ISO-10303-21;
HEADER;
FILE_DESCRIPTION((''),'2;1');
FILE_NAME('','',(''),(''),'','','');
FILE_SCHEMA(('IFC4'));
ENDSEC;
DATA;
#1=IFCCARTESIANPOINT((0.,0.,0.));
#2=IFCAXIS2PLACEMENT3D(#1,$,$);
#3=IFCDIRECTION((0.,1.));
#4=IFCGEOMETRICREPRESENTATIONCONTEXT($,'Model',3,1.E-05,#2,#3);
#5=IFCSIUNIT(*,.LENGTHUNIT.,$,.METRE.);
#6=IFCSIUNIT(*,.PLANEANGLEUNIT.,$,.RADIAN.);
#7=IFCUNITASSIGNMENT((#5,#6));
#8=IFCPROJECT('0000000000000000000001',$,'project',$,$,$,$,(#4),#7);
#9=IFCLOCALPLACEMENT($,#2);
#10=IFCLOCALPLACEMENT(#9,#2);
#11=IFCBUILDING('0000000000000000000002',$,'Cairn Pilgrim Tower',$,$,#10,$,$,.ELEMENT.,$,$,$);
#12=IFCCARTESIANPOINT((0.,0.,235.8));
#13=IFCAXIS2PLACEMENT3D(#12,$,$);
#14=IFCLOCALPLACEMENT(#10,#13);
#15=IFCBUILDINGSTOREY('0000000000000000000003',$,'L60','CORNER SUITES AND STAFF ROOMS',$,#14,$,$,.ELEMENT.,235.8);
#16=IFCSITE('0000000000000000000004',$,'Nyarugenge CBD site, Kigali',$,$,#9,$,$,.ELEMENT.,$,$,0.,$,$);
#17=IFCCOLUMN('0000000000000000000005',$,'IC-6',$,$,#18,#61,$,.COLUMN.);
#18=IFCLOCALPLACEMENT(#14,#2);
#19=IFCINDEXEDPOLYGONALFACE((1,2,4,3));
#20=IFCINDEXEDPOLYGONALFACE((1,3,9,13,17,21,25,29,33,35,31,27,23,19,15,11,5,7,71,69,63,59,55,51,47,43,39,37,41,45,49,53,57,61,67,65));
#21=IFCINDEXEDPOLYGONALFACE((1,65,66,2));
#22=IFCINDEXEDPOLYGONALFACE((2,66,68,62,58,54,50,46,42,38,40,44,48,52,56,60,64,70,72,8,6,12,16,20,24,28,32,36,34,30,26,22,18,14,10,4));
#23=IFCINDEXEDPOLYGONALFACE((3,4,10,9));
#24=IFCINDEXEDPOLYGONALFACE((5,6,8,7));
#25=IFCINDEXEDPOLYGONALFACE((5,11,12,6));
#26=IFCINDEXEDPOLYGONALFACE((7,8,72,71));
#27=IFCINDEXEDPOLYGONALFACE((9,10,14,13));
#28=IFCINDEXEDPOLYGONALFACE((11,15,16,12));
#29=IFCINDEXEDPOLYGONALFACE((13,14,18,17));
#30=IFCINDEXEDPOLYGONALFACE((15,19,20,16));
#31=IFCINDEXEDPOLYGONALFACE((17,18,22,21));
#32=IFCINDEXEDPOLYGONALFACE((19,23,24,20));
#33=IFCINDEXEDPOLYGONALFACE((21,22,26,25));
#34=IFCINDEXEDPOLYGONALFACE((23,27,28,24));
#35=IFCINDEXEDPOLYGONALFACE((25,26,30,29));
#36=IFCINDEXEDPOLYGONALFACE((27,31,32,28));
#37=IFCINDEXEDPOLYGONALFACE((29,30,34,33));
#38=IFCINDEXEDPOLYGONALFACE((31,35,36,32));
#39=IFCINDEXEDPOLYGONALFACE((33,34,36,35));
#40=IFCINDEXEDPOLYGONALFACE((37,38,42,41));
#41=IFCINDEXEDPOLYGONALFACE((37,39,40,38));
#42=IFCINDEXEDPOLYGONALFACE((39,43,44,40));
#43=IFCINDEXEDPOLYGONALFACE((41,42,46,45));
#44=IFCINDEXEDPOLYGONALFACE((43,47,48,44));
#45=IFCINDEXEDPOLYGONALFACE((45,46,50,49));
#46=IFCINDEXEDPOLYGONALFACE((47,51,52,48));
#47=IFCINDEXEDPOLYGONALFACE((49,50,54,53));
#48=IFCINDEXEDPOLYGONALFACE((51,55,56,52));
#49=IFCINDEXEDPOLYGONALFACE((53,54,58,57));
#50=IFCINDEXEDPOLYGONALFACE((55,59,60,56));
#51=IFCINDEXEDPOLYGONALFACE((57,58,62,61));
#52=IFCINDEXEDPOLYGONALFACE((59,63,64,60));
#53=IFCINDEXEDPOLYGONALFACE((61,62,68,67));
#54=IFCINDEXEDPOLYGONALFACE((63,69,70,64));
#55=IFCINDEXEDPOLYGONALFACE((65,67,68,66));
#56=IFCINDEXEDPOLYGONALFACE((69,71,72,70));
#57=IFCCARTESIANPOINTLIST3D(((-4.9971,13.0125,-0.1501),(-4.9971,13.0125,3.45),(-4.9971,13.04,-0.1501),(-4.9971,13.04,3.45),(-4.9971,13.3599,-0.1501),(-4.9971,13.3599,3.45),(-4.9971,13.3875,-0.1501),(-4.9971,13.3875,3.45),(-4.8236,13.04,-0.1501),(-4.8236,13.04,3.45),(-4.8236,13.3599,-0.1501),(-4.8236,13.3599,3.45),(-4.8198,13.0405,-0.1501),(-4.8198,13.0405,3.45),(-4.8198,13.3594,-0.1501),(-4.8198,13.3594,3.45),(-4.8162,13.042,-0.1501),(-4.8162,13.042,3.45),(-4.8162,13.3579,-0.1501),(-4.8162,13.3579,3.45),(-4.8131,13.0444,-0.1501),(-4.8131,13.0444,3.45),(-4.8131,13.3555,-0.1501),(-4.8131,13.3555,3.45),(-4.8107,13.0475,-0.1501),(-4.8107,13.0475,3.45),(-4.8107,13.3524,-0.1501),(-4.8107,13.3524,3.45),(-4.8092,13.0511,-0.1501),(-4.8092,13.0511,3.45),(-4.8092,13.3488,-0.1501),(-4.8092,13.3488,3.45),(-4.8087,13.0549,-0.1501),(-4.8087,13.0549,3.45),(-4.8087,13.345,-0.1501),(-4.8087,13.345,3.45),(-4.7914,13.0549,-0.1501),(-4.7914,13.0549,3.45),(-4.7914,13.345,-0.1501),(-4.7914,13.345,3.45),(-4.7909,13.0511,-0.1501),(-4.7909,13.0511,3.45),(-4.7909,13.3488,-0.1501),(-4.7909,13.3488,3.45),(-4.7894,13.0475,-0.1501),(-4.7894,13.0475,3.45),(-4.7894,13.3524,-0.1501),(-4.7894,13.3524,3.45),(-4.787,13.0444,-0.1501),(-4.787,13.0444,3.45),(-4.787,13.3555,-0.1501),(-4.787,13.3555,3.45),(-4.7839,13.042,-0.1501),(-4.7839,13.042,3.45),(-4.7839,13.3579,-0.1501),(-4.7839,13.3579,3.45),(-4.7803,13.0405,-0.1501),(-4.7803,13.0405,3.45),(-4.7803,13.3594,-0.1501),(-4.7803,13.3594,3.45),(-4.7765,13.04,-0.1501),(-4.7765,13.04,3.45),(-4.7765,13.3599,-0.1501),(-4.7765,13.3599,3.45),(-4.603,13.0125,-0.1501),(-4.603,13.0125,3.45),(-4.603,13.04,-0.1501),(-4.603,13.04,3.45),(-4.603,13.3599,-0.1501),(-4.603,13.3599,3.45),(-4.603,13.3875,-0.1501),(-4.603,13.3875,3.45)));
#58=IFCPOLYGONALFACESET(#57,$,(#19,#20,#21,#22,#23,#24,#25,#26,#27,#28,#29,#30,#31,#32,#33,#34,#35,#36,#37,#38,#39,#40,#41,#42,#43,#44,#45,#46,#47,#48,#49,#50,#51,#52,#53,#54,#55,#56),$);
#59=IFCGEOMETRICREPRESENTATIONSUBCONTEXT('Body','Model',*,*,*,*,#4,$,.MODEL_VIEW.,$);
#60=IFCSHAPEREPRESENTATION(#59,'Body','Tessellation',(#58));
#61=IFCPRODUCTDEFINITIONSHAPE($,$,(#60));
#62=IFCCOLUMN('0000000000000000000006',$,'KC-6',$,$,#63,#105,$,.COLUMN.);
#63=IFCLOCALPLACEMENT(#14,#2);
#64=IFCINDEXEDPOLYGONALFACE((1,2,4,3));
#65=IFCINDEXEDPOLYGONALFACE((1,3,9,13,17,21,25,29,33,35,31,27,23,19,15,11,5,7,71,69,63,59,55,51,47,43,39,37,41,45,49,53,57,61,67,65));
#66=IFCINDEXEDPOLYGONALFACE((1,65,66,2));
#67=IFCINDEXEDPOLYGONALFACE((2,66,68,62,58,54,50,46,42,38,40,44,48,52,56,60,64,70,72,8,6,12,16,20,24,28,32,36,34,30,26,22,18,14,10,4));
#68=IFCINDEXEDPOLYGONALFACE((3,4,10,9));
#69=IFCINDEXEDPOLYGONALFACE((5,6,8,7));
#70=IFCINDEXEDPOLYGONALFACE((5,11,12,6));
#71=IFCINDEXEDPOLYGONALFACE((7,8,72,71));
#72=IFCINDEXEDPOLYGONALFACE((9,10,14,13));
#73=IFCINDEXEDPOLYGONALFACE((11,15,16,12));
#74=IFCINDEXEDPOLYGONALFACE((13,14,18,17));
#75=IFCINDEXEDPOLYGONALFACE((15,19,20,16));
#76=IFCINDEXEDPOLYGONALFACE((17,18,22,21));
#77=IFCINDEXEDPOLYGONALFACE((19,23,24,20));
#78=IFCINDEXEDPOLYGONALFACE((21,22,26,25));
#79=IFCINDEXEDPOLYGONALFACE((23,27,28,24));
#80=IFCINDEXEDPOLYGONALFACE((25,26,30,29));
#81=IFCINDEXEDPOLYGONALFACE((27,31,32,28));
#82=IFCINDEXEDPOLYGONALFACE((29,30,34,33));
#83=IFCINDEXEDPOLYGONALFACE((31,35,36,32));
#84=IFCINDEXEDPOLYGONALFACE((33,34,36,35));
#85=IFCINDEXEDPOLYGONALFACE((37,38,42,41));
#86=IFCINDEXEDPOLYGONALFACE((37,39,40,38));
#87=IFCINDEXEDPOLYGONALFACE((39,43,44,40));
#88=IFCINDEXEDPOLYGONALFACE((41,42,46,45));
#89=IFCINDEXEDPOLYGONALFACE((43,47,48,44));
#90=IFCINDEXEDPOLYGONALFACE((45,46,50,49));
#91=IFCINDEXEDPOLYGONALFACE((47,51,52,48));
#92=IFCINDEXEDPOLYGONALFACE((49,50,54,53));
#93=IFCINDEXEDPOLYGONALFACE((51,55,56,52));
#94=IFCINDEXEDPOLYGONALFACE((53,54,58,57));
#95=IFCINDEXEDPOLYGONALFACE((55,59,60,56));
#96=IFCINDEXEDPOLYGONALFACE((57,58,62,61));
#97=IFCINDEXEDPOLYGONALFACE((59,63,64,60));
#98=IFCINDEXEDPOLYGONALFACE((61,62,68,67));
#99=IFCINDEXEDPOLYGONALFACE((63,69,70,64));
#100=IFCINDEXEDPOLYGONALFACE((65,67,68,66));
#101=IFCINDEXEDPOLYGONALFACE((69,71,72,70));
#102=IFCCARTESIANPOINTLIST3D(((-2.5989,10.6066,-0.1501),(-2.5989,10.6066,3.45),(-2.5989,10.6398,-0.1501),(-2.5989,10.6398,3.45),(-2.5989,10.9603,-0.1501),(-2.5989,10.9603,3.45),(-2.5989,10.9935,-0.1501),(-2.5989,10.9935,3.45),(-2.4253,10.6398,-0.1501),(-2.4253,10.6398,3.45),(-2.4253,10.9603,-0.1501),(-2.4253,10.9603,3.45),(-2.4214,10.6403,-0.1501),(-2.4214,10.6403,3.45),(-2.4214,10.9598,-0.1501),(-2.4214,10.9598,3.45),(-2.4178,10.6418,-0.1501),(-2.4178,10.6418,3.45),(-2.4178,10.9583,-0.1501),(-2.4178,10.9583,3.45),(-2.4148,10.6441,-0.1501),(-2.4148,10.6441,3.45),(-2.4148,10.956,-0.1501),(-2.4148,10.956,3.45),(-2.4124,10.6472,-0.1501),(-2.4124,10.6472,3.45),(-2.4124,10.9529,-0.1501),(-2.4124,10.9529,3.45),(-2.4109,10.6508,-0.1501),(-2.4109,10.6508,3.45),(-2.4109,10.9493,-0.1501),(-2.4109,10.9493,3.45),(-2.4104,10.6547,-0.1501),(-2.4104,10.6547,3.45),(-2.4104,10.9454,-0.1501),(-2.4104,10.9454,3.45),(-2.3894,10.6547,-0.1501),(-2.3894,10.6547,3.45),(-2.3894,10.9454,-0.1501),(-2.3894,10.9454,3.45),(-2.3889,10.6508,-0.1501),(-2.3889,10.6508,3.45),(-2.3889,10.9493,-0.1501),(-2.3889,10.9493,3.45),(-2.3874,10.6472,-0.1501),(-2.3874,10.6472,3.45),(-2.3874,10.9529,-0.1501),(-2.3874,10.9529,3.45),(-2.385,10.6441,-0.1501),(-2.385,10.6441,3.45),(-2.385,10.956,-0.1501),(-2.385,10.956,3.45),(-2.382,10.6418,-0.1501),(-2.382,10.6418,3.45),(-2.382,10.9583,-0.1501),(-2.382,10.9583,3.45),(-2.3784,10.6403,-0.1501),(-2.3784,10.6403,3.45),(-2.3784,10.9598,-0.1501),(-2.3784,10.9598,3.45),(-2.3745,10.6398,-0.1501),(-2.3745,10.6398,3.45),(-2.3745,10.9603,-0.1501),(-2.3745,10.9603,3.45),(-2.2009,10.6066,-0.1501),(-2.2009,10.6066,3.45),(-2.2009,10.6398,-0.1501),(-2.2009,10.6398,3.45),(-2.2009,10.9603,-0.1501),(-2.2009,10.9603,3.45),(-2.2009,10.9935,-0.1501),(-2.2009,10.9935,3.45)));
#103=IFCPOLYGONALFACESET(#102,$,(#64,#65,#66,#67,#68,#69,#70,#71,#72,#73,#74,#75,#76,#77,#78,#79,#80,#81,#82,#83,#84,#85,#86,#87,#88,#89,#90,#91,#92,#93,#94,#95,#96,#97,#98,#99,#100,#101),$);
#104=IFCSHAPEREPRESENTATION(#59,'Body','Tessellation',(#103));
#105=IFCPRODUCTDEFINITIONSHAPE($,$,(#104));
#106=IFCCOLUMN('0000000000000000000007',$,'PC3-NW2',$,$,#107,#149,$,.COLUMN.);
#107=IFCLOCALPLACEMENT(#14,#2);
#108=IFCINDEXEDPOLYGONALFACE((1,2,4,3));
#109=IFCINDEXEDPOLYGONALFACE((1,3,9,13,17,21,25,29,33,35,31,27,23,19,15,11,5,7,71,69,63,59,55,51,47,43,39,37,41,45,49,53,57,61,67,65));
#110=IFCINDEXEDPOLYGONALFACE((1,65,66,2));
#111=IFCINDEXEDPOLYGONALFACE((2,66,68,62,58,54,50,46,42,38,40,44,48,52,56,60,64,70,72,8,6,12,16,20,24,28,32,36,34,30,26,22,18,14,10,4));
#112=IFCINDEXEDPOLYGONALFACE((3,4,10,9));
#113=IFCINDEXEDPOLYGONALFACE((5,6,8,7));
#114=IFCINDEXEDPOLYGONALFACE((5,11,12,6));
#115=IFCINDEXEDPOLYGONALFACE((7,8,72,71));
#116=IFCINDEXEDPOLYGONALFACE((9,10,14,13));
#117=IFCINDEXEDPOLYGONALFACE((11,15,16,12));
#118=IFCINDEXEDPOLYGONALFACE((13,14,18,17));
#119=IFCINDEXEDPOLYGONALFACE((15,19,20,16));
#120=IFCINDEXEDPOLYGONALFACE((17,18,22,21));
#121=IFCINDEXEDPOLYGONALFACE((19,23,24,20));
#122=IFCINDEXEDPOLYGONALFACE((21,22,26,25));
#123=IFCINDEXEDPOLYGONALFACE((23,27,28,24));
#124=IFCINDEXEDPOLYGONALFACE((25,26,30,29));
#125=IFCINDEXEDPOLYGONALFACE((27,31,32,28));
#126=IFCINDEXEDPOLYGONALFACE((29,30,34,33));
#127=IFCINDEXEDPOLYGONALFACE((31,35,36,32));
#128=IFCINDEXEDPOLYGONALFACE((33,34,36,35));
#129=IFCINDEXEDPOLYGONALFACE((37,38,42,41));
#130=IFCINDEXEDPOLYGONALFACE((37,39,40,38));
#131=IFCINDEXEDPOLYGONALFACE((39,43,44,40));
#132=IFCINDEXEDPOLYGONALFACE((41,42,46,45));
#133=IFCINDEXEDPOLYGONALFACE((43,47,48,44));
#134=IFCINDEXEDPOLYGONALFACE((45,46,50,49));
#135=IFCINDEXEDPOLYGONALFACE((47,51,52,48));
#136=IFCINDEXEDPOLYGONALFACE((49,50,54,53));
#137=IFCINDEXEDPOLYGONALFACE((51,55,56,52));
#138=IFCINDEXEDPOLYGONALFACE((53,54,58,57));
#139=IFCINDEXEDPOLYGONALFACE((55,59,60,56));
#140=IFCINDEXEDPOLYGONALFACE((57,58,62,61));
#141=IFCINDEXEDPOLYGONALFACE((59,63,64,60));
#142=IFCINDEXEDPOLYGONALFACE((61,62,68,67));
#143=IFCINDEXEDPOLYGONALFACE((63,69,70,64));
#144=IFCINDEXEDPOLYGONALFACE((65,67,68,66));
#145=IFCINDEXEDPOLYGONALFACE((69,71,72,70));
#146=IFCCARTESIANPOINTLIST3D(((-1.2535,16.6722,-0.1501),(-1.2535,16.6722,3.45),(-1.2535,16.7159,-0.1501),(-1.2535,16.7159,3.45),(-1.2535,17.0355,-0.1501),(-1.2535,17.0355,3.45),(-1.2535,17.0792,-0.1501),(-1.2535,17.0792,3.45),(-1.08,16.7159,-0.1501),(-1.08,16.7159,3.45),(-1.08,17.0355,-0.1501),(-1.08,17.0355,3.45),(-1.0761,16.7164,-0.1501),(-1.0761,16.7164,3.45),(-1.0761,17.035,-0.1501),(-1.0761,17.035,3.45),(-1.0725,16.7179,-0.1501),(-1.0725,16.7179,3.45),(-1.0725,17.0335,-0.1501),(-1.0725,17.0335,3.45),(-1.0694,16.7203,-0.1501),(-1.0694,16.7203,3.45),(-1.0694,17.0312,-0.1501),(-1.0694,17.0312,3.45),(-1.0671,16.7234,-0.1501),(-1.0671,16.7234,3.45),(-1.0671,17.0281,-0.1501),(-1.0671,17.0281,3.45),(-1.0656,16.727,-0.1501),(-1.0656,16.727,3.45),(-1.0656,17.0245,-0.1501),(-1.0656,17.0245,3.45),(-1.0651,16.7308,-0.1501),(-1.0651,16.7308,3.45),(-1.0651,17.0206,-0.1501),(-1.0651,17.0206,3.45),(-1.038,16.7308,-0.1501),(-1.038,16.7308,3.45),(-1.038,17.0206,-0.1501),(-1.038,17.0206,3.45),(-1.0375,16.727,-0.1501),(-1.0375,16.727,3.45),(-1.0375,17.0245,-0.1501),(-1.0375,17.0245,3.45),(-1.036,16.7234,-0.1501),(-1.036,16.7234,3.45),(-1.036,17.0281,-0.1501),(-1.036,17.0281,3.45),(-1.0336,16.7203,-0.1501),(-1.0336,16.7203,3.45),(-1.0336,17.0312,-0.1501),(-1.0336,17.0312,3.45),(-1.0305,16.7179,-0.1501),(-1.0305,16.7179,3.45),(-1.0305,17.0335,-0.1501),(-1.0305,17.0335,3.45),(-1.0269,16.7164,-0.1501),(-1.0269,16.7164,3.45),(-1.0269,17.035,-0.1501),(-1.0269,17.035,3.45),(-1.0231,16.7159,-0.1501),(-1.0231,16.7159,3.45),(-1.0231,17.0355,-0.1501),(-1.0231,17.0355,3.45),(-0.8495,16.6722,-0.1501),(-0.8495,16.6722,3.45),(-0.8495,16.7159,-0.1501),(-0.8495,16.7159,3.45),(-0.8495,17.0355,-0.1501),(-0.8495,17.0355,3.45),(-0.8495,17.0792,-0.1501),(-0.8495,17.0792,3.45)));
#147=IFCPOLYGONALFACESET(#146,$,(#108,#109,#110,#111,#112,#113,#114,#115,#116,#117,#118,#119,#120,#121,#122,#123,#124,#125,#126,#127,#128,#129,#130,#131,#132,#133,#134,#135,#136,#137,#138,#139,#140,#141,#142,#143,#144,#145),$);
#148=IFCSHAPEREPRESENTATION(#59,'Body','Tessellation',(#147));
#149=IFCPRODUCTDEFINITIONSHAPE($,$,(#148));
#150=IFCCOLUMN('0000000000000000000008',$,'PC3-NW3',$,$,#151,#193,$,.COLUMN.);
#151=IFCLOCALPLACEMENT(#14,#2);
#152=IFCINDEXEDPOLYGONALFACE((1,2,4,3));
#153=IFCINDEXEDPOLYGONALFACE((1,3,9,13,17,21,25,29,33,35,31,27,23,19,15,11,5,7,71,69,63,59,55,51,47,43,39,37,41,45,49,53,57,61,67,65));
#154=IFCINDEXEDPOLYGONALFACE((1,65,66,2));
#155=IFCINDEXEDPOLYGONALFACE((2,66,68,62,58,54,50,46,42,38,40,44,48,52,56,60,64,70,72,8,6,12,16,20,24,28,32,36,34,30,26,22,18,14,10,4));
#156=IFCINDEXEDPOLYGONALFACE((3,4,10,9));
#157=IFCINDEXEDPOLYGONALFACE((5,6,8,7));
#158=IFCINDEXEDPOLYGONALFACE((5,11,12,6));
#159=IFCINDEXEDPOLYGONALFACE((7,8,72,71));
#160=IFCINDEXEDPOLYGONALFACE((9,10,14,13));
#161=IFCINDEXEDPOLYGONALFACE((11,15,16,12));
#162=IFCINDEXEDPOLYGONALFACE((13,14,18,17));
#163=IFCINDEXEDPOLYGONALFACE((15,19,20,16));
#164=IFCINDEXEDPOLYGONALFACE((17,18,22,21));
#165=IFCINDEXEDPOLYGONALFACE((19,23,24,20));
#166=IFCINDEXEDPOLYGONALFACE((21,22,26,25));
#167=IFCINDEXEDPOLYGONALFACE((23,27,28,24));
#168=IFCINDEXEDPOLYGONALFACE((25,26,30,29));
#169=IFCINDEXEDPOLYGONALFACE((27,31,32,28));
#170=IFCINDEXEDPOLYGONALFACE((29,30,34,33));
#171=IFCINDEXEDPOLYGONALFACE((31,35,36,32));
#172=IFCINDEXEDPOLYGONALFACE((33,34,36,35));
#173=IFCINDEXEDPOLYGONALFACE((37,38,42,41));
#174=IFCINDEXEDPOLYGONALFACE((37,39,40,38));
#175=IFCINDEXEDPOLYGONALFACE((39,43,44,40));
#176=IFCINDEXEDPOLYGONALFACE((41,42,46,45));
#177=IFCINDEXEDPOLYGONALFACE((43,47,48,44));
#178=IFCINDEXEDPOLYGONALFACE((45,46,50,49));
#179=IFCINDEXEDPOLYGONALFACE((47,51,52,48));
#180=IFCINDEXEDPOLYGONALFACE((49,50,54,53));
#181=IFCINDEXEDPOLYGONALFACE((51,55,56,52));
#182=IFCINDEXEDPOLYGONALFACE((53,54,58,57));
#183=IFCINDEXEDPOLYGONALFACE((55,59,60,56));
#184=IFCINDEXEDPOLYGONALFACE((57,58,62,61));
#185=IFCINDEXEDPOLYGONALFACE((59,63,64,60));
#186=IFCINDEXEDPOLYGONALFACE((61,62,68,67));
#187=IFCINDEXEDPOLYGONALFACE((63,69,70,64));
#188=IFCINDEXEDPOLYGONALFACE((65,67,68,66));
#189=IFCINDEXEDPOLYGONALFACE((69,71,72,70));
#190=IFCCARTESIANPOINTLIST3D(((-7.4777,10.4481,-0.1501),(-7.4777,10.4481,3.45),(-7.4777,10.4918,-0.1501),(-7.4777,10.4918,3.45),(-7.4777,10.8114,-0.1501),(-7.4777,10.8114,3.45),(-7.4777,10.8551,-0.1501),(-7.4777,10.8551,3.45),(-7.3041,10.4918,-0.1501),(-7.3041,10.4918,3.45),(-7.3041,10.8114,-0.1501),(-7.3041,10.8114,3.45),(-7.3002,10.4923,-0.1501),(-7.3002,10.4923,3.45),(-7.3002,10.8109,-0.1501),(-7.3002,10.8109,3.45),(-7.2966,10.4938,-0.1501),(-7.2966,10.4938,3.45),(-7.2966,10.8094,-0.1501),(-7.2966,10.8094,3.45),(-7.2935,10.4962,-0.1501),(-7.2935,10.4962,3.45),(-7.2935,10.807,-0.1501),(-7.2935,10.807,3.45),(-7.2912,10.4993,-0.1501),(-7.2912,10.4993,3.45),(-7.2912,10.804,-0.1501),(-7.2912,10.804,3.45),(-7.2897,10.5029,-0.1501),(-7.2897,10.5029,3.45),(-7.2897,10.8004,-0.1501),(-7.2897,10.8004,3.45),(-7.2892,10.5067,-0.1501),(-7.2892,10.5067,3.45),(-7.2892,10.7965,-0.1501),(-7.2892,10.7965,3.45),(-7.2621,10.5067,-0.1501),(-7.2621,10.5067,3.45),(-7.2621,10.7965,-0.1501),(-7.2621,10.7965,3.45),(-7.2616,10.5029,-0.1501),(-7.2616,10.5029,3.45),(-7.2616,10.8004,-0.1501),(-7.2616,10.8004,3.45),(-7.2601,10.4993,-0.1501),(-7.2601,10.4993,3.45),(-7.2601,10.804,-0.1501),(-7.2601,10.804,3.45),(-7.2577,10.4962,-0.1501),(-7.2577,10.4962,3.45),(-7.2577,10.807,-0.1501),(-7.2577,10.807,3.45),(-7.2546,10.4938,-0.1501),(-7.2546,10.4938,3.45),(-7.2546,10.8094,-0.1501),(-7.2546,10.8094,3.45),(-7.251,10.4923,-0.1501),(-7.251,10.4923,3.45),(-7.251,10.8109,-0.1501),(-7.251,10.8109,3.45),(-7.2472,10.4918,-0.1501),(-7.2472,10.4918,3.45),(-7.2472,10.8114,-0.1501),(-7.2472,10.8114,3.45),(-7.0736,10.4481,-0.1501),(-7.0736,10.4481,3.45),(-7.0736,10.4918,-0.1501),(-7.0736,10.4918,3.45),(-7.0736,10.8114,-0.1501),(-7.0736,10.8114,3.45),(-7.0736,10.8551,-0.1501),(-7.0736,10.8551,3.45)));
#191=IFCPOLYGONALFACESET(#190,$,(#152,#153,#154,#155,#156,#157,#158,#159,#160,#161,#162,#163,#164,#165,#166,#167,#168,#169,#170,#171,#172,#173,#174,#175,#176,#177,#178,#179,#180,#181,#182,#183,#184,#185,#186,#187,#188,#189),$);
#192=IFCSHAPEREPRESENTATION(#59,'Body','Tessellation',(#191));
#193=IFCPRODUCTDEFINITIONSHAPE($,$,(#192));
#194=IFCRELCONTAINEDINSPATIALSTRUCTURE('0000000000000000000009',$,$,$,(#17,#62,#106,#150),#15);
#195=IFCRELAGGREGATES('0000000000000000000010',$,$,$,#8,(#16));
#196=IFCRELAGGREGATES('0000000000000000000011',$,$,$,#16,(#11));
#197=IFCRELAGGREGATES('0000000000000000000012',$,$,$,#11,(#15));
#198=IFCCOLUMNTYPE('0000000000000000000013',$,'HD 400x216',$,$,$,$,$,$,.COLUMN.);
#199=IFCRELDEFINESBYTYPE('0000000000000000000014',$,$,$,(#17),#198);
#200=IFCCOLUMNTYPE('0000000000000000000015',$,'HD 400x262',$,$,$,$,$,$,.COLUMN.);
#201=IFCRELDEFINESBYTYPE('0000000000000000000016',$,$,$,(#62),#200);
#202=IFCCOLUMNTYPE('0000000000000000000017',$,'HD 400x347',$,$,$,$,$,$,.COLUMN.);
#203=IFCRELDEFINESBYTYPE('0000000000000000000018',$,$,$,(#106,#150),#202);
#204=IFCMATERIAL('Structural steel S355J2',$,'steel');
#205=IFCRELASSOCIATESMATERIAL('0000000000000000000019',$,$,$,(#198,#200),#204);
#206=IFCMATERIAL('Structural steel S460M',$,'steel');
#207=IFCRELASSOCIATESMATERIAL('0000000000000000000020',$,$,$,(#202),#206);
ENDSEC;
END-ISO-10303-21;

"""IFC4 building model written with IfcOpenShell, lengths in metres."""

from ifc_helpers import new_model, si_unit, direction, frame, origin, origin_2d, place, context, subcontext, project, spatial, i_section, extrude, material, material_profile, profile_set, type_object, element, save


model = new_model("IFC4")

# Units and contexts
model_context = context("Model", 3, precision=1e-05, world=origin(), true_north=direction((0.0, 1.0)))
body_context = subcontext(model_context, "Body", "Model", "MODEL_VIEW")
ifc_project = project(units=[si_unit("LENGTHUNIT", "METRE"), si_unit("PLANEANGLEUNIT", "RADIAN")], contexts=[model_context])

# Site, building, storey
site_placement = place(None, origin())
site = spatial("IfcSite", under=ifc_project, at=site_placement, Name="Nyarugenge CBD site, Kigali", CompositionType="ELEMENT", RefElevation=0.0)
building_placement = place(site_placement, origin())
building = spatial("IfcBuilding", under=site, at=building_placement, Name="Cairn Pilgrim Tower", CompositionType="ELEMENT")
storey_placement = place(building_placement, frame((0.0, 0.0, 235.8)))
storey = spatial("IfcBuildingStorey", under=building, at=storey_placement, Name="L60", Description="CORNER SUITES AND STAFF ROOMS", CompositionType="ELEMENT", Elevation=235.8)

# Columns
ifc_material_1 = material(Name="Structural steel S355J2", Category="steel")
ifc_material_profile_1 = material_profile(ifc_material_1, i_section(OverallWidth=0.394, OverallDepth=0.375, WebThickness=0.0173, FlangeThickness=0.0276, FilletRadius=0.0149, at=origin_2d()), Name="HD 400x216")
ifc_profile_set_1 = profile_set([ifc_material_profile_1], Name="Structural steel S355J2")
column_type_1 = type_object("IfcColumnType", Name="HD 400x216", PredefinedType="COLUMN", material=ifc_profile_set_1)
column_1_placement = place(storey_placement, frame((-4.8, 13.2, -0.1501), z_axis=(0.0, 0.0, 1.0), x_axis=(1.0, 0.0, 0.0)))
element("IfcColumn", 1, at=column_1_placement, inside=storey, type_object=column_type_1, Name="IC-6", PredefinedType="COLUMN", context=body_context, shape_type="SweptSolid", body=[
    extrude(i_section(OverallWidth=0.394, OverallDepth=0.375, WebThickness=0.0173, FlangeThickness=0.0276, FilletRadius=0.0149, at=origin_2d()), origin(), (0.0, 0.0, 1.0), 3.6001),
])
ifc_material_profile_2 = material_profile(ifc_material_1, i_section(OverallWidth=0.3979, OverallDepth=0.387, WebThickness=0.021, FlangeThickness=0.0332, FilletRadius=0.0149, at=origin_2d()), Name="HD 400x262")
ifc_profile_set_2 = profile_set([ifc_material_profile_2], Name="Structural steel S355J2")
column_type_2 = type_object("IfcColumnType", Name="HD 400x262", PredefinedType="COLUMN", material=ifc_profile_set_2)
column_2_placement = place(storey_placement, frame((-2.3999, 10.8, -0.1501), z_axis=(0.0, 0.0, 1.0), x_axis=(1.0, 0.0, 0.0)))
element("IfcColumn", 2, at=column_2_placement, inside=storey, type_object=column_type_2, Name="KC-6", PredefinedType="COLUMN", context=body_context, shape_type="SweptSolid", body=[
    extrude(i_section(OverallWidth=0.3979, OverallDepth=0.387, WebThickness=0.021, FlangeThickness=0.0332, FilletRadius=0.0149, at=origin_2d()), origin(), (0.0, 0.0, 1.0), 3.6001),
])
ifc_material_2 = material(Name="Structural steel S460M", Category="steel")
ifc_material_profile_3 = material_profile(ifc_material_2, i_section(OverallWidth=0.4041, OverallDepth=0.407, WebThickness=0.0271, FlangeThickness=0.0437, FilletRadius=0.0149, at=origin_2d()), Name="HD 400x347")
ifc_profile_set_3 = profile_set([ifc_material_profile_3], Name="Structural steel S460M")
column_type_3 = type_object("IfcColumnType", Name="HD 400x347", PredefinedType="COLUMN", material=ifc_profile_set_3)
for number, where, z_axis, x_axis, name in (
    (3, (-1.0515, 16.8757, -0.1501), (0.0, 0.0, 1.0), (1.0, 0.0, 0.0), "PC3-NW2"),
    (4, (-7.2756, 10.6516, -0.1501), (0.0, 0.0, 1.0), (1.0, 0.0, 0.0), "PC3-NW3"),
):
    element("IfcColumn", number, at=place(storey_placement, frame(where, z_axis=z_axis, x_axis=x_axis)), inside=storey, type_object=column_type_3, Name=name, PredefinedType="COLUMN", context=body_context, shape_type="SweptSolid", body=[
        extrude(i_section(OverallWidth=0.4041, OverallDepth=0.407, WebThickness=0.0271, FlangeThickness=0.0437, FilletRadius=0.0149, at=origin_2d()), origin(), (0.0, 0.0, 1.0), 3.6001),
    ])

save(model, "model.ifc")
